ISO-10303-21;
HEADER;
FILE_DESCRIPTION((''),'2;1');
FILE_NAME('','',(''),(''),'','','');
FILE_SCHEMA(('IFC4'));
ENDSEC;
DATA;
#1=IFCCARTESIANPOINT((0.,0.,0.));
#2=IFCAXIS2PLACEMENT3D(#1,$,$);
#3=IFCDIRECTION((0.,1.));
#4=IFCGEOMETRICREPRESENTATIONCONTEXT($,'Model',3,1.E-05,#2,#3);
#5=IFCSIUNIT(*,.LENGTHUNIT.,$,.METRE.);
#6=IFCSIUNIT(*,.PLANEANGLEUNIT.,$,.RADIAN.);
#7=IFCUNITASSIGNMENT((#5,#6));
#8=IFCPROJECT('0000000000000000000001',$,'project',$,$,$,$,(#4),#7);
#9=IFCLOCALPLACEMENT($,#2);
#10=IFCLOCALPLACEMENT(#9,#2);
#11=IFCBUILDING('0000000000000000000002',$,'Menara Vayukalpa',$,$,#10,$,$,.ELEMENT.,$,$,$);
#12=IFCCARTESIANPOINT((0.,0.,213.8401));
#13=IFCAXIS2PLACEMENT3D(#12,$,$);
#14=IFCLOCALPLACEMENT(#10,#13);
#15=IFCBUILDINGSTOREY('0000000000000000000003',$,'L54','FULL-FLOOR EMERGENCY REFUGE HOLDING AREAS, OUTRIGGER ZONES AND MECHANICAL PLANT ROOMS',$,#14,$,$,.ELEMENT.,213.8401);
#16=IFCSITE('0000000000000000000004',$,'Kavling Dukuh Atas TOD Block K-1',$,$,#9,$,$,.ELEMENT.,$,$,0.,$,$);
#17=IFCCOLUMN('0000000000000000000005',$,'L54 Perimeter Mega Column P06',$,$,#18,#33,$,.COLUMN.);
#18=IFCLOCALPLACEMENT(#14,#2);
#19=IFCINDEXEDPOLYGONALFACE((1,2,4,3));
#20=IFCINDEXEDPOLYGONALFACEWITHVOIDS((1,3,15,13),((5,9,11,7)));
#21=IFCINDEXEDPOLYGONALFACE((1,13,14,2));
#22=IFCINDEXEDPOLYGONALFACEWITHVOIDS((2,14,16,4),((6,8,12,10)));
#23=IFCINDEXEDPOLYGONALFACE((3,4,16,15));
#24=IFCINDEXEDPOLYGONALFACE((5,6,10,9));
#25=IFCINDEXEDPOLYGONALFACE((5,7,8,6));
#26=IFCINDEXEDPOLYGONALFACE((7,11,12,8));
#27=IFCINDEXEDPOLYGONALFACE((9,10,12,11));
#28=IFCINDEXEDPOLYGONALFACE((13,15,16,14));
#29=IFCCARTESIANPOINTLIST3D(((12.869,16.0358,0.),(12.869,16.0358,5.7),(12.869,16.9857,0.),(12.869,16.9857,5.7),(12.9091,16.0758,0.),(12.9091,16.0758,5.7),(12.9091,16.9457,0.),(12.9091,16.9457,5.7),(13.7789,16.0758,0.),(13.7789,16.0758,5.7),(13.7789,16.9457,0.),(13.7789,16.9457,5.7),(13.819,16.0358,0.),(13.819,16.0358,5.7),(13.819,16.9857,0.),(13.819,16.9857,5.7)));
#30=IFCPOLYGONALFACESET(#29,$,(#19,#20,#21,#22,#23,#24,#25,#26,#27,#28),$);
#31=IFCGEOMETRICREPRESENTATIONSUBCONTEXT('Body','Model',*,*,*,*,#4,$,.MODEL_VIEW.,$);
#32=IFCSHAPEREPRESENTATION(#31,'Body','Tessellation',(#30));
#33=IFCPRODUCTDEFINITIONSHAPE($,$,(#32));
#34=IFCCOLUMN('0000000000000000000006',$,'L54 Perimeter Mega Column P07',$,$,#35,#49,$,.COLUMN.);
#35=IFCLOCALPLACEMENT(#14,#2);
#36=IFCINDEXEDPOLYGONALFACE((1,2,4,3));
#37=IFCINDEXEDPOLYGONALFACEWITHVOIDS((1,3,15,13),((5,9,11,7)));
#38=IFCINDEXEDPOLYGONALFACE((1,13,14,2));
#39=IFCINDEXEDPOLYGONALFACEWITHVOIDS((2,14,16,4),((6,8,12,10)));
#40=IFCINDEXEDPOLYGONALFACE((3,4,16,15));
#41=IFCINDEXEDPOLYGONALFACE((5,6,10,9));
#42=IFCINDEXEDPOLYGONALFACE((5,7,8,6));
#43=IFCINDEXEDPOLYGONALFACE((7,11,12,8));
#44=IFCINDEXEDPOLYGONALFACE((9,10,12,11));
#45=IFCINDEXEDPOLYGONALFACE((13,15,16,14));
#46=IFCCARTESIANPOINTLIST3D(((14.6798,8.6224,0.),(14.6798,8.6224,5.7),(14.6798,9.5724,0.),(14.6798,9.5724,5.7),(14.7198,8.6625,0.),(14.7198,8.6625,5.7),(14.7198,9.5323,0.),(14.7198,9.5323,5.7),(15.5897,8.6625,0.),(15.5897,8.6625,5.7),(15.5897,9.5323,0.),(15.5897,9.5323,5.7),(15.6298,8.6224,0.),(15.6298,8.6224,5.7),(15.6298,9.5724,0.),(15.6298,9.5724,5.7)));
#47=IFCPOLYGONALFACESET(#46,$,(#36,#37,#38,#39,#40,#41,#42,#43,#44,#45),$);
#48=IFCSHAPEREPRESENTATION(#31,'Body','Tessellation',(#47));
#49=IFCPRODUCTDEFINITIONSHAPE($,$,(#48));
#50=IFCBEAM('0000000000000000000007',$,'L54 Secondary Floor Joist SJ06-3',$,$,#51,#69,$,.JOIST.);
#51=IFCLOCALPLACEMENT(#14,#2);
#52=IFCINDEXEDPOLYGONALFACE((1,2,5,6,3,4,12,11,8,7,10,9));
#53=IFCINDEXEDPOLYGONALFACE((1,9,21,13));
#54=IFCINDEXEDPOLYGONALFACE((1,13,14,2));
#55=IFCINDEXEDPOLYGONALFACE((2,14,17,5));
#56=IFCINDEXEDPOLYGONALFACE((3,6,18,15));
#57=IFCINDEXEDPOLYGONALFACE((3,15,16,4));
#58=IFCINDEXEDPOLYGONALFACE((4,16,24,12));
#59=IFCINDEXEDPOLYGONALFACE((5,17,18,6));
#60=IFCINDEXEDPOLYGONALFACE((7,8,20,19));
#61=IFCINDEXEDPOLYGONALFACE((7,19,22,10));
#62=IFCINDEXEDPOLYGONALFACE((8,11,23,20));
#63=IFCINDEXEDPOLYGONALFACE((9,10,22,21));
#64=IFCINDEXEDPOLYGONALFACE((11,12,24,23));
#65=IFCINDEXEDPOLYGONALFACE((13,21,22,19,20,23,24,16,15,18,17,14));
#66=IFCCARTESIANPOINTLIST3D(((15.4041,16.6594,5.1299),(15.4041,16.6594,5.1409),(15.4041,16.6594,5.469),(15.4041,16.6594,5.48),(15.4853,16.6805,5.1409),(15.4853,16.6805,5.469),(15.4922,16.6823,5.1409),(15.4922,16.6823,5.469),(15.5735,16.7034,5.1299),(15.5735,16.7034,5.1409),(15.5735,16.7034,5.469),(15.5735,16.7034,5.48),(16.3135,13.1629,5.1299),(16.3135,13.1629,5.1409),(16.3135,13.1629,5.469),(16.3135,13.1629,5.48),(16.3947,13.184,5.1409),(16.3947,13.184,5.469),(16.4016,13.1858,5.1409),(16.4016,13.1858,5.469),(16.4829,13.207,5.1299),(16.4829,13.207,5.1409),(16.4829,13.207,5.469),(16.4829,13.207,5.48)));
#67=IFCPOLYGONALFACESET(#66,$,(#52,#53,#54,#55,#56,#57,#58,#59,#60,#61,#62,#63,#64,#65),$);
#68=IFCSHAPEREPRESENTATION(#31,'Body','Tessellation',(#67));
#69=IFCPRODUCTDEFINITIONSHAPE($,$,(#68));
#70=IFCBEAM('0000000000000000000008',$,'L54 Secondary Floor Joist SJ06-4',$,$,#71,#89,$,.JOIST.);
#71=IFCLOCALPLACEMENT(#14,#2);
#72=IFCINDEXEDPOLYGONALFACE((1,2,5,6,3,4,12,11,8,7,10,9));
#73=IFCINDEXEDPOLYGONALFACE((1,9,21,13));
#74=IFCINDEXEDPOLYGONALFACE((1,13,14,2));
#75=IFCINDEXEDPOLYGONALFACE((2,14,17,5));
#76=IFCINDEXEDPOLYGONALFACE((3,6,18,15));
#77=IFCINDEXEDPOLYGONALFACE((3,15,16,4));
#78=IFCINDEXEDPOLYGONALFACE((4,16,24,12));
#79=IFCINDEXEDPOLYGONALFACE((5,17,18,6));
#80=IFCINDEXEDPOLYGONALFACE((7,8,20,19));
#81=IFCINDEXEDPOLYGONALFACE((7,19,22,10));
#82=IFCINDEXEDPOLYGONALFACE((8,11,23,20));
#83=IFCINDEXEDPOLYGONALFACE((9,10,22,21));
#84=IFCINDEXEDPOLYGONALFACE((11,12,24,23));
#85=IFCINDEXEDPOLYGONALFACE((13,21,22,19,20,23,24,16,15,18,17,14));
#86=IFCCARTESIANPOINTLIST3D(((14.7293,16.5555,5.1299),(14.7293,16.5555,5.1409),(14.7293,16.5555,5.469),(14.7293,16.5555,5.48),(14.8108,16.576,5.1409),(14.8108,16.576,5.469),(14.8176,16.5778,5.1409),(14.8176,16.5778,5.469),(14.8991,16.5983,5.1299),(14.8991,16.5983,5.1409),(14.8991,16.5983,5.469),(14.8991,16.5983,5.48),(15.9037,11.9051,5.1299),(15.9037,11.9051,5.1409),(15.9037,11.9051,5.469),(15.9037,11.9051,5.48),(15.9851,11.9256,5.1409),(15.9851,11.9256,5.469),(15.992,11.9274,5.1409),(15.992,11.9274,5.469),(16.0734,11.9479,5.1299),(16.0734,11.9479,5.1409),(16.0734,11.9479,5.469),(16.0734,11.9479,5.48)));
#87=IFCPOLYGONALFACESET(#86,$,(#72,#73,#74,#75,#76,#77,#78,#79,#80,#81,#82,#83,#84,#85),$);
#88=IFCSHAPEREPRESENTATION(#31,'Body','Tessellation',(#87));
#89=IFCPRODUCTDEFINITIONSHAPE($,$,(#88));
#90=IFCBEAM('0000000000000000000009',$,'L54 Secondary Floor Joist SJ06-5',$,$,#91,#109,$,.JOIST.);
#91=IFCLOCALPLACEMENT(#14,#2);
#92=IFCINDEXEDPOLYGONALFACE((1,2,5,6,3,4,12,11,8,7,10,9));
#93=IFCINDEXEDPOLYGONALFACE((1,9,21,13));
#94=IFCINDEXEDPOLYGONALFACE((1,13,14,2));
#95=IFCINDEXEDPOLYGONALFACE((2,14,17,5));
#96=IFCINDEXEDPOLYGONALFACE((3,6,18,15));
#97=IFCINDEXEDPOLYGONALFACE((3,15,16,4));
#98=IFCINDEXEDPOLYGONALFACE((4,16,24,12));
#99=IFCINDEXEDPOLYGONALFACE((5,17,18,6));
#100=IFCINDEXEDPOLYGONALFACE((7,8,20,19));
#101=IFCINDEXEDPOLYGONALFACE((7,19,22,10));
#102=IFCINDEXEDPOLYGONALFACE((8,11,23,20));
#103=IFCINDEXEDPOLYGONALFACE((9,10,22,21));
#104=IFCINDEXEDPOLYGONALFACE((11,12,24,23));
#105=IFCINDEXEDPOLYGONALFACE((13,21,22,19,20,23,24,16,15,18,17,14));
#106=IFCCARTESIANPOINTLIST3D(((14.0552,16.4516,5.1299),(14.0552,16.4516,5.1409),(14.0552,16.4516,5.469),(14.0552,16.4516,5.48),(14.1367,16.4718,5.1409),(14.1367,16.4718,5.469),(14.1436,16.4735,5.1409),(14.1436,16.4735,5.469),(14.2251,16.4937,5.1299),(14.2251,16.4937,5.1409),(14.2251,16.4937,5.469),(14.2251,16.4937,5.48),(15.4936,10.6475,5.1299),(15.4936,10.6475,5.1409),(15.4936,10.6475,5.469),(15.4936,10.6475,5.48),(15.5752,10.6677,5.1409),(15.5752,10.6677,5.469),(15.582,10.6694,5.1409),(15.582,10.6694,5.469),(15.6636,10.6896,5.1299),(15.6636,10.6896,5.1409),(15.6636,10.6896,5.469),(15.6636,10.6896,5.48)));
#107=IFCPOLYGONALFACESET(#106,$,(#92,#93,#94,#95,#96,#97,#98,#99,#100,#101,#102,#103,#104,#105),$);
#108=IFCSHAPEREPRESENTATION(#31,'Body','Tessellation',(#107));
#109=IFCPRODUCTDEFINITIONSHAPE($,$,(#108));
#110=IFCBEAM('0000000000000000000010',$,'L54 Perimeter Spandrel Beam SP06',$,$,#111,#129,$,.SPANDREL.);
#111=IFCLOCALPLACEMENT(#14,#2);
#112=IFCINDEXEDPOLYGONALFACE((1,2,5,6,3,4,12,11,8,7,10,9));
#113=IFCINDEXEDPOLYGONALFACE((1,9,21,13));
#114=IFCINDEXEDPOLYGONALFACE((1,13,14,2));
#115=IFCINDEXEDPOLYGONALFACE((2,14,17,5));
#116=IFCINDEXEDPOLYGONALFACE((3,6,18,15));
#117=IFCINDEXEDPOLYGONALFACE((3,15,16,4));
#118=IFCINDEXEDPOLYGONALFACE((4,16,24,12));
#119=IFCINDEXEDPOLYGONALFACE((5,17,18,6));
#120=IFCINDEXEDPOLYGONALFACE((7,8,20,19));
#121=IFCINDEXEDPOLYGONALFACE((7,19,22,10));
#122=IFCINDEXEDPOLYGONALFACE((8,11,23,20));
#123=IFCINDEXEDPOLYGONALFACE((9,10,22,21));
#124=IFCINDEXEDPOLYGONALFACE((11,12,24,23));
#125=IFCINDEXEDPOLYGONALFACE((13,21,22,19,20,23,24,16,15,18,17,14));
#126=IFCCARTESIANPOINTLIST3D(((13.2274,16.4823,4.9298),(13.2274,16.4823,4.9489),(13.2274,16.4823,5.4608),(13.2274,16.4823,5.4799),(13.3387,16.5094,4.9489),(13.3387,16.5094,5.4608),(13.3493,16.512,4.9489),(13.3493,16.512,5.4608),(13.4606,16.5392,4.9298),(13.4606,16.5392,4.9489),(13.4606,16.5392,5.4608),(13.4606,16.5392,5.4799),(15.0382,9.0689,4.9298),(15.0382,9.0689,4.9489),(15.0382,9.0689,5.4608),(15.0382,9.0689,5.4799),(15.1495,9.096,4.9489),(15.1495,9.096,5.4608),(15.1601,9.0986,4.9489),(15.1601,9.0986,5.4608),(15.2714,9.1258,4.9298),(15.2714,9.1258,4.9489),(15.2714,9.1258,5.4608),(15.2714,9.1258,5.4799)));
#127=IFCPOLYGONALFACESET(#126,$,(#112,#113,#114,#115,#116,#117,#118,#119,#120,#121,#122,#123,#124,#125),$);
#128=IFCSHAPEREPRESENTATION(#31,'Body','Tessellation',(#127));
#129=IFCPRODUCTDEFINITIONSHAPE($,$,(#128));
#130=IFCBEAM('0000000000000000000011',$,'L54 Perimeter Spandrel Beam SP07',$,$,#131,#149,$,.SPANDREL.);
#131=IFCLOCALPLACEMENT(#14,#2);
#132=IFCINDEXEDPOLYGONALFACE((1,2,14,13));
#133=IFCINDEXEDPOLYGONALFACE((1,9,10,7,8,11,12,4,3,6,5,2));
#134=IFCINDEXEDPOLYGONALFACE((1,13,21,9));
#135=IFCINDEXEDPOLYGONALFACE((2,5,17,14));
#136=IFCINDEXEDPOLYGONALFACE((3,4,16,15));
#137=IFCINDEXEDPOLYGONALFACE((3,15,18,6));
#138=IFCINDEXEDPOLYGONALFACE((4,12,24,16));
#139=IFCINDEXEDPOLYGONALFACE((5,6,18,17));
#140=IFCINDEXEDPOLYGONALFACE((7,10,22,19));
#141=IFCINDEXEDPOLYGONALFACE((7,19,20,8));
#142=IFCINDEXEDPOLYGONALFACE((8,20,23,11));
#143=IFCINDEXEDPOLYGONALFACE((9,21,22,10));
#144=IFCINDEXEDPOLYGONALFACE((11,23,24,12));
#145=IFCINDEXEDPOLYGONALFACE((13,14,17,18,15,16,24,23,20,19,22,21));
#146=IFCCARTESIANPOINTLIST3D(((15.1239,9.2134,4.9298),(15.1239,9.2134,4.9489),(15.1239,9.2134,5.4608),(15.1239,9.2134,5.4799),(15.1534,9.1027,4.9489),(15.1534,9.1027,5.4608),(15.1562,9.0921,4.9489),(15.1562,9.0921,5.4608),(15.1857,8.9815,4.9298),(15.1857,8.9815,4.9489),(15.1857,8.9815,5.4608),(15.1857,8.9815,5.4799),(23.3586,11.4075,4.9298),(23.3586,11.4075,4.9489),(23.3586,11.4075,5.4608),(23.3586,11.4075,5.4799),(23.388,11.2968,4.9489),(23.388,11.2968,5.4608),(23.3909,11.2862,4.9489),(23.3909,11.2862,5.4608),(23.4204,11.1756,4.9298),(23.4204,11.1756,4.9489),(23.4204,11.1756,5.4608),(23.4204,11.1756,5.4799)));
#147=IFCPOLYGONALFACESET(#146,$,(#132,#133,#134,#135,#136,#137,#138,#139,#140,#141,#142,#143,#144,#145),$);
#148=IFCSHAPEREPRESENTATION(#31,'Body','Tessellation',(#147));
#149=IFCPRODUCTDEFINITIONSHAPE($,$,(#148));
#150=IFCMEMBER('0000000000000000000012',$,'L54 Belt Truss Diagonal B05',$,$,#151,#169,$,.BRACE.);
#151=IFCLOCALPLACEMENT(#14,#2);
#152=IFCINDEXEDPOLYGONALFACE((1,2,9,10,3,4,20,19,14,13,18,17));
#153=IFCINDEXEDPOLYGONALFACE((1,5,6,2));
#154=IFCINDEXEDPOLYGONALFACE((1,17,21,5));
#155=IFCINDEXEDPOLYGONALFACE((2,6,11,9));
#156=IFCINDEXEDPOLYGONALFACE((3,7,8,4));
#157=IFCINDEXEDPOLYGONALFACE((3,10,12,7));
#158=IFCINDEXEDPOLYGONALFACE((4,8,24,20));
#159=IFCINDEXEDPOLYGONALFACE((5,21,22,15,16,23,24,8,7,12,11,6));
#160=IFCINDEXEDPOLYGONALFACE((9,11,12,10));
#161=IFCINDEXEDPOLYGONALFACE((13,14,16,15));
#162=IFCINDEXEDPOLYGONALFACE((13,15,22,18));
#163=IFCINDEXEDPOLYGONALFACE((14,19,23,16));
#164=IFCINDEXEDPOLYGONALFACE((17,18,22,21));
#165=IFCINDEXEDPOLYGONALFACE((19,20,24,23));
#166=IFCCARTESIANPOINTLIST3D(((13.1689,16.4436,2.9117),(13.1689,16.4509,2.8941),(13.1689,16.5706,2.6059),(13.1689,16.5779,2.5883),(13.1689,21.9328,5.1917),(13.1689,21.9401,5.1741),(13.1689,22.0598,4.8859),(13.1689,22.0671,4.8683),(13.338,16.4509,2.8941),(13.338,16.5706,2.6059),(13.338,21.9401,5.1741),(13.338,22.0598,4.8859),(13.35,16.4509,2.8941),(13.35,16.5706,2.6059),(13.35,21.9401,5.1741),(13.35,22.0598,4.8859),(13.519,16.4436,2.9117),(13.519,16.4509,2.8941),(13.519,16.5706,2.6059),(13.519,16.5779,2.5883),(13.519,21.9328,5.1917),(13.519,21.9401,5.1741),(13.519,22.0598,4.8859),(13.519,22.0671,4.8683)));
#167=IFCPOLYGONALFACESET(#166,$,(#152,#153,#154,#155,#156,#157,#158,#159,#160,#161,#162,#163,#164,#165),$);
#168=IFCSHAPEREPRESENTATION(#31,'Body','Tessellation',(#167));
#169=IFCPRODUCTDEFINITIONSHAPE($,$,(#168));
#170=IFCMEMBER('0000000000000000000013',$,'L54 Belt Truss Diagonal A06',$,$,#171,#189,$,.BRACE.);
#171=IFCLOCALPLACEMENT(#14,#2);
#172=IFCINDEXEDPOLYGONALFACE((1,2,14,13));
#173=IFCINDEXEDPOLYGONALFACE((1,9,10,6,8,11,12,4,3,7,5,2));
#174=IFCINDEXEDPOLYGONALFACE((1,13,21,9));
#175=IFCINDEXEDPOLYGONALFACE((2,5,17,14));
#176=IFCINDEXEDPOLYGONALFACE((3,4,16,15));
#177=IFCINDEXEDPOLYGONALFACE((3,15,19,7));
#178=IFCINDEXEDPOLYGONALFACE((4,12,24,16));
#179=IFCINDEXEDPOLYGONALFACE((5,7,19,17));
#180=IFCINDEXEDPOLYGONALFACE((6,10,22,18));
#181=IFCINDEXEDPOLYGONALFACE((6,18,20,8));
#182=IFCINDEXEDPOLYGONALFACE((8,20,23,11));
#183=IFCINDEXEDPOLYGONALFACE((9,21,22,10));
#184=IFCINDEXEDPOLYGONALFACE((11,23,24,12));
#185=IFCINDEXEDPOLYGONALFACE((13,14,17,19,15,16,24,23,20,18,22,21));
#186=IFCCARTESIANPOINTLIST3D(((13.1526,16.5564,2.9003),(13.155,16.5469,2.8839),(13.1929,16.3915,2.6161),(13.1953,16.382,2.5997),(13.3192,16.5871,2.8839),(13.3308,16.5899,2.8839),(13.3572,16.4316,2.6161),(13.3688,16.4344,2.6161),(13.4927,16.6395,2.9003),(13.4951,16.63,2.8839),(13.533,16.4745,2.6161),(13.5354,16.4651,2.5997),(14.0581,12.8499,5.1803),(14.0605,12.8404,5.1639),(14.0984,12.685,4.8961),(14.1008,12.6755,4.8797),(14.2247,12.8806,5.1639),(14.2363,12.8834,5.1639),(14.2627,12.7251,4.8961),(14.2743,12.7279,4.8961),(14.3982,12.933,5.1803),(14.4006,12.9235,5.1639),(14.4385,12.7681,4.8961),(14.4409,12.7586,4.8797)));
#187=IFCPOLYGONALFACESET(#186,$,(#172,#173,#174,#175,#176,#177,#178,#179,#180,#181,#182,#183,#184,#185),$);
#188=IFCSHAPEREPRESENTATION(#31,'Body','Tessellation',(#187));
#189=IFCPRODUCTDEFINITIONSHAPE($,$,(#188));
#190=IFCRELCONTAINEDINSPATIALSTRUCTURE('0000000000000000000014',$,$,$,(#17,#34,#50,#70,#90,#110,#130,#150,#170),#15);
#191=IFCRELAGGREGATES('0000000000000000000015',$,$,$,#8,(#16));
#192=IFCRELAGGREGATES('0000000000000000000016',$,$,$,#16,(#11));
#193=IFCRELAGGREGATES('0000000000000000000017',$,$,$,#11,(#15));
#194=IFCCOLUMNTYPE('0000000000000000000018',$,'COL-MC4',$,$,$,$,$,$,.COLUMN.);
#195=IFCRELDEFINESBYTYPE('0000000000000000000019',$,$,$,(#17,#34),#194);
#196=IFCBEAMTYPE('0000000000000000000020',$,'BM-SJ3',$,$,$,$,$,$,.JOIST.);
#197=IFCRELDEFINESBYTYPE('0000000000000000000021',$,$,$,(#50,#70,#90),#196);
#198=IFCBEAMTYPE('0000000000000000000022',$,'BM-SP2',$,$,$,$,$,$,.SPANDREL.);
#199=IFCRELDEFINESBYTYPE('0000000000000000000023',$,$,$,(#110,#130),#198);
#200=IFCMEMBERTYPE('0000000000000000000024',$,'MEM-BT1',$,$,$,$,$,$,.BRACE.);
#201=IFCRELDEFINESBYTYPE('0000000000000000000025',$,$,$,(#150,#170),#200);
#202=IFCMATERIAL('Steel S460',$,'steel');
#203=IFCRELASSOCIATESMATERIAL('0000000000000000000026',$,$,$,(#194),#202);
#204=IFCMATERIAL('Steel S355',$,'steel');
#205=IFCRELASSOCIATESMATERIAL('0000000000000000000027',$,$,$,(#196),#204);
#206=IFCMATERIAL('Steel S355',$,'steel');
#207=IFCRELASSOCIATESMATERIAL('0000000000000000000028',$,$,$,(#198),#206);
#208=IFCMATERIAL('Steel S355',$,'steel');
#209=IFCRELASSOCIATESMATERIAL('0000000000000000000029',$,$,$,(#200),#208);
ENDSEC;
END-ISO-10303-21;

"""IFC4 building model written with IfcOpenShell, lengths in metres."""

from ifc_helpers import new_model, si_unit, direction, frame, origin, origin_2d, place, context, subcontext, project, spatial, hollow_rectangle, i_section, extrude, material, material_profile, profile_set, type_object, element, save


model = new_model("IFC4")

# Units and contexts
model_context = context("Model", 3, precision=1e-05, world=origin(), true_north=direction((0.0, 1.0)))
body_context = subcontext(model_context, "Body", "Model", "MODEL_VIEW")
ifc_project = project(units=[si_unit("LENGTHUNIT", "METRE"), si_unit("PLANEANGLEUNIT", "RADIAN")], contexts=[model_context])

# Site, building, storey
site_placement = place(None, origin())
site = spatial("IfcSite", under=ifc_project, at=site_placement, Name="Kavling Dukuh Atas TOD Block K-1", CompositionType="ELEMENT", RefElevation=0.0)
building_placement = place(site_placement, origin())
building = spatial("IfcBuilding", under=site, at=building_placement, Name="Menara Vayukalpa", CompositionType="ELEMENT")
storey_placement = place(building_placement, frame((0.0, 0.0, 213.8401)))
storey = spatial("IfcBuildingStorey", under=building, at=storey_placement, Name="L54", Description="FULL-FLOOR EMERGENCY REFUGE HOLDING AREAS, OUTRIGGER ZONES AND MECHANICAL PLANT ROOMS", CompositionType="ELEMENT", Elevation=213.8401)

# Columns
ifc_material_1 = material(Name="Steel S460", Category="steel")
ifc_material_profile_1 = material_profile(ifc_material_1, hollow_rectangle(XDim=0.95, YDim=0.95, WallThickness=0.04, at=origin_2d()), Name="BOX 950x950x40")
ifc_profile_set_1 = profile_set([ifc_material_profile_1], Name="Steel S460")
column_type = type_object("IfcColumnType", Name="COL-MC4", PredefinedType="COLUMN", material=ifc_profile_set_1)
for number, where, z_axis, x_axis, name in (
    (1, (13.344, 16.5107, 0.0), (0.0, 0.0, 1.0), (1.0, 0.0, 0.0), "L54 Perimeter Mega Column P06"),
    (2, (15.1548, 9.0974, 0.0), (0.0, 0.0, 1.0), (1.0, 0.0, 0.0), "L54 Perimeter Mega Column P07"),
):
    element("IfcColumn", number, at=place(storey_placement, frame(where, z_axis=z_axis, x_axis=x_axis)), inside=storey, type_object=column_type, Name=name, PredefinedType="COLUMN", context=body_context, shape_type="SweptSolid", body=[
        extrude(hollow_rectangle(XDim=0.95, YDim=0.95, WallThickness=0.04, at=origin_2d()), origin(), (0.0, 0.0, 1.0), 5.7),
    ])

# Beams
ifc_material_2 = material(Name="Steel S355", Category="steel")
ifc_material_profile_2 = material_profile(ifc_material_2, i_section(OverallWidth=0.175, OverallDepth=0.3501, WebThickness=0.0071, FlangeThickness=0.011, at=origin_2d()), Name="WF 350x175x7x11")
ifc_profile_set_2 = profile_set([ifc_material_profile_2], Name="Steel S355")
beam_type_1 = type_object("IfcBeamType", Name="BM-SJ3", PredefinedType="JOIST", material=ifc_profile_set_2)
beam_1_placement = place(storey_placement, frame((15.4888, 16.6814, 5.3049), z_axis=(0.251715, -0.967801, 0.0), x_axis=(0.967801, 0.251715, 0.0)))
element("IfcBeam", 3, at=beam_1_placement, inside=storey, type_object=beam_type_1, Name="L54 Secondary Floor Joist SJ06-3", PredefinedType="JOIST", context=body_context, shape_type="SweptSolid", body=[
    extrude(i_section(OverallWidth=0.175, OverallDepth=0.3501, WebThickness=0.0071, FlangeThickness=0.011, at=origin_2d()), origin(), (0.0, 0.0, 1.0), 3.6128),
])
beam_2_placement = place(storey_placement, frame((14.8142, 16.5769, 5.3049), z_axis=(0.244834, -0.969565, 0.0), x_axis=(0.969565, 0.244834, 0.0)))
element("IfcBeam", 4, at=beam_2_placement, inside=storey, type_object=beam_type_1, Name="L54 Secondary Floor Joist SJ06-4", PredefinedType="JOIST", context=body_context, shape_type="SweptSolid", body=[
    extrude(i_section(OverallWidth=0.175, OverallDepth=0.3501, WebThickness=0.0071, FlangeThickness=0.011, at=origin_2d()), origin(), (0.0, 0.0, 1.0), 4.7964),
])
beam_3_placement = place(storey_placement, frame((14.1401, 16.4727, 5.3049), z_axis=(0.240556, -0.970635, 0.0), x_axis=(0.970635, 0.240556, 0.0)))
element("IfcBeam", 5, at=beam_3_placement, inside=storey, type_object=beam_type_1, Name="L54 Secondary Floor Joist SJ06-5", PredefinedType="JOIST", context=body_context, shape_type="SweptSolid", body=[
    extrude(i_section(OverallWidth=0.175, OverallDepth=0.3501, WebThickness=0.0071, FlangeThickness=0.011, at=origin_2d()), origin(), (0.0, 0.0, 1.0), 5.9797),
])
ifc_material_3 = material(Name="Steel S355", Category="steel")
ifc_material_profile_3 = material_profile(ifc_material_3, i_section(OverallWidth=0.24, OverallDepth=0.55, WebThickness=0.011, FlangeThickness=0.019, at=origin_2d()), Name="WF 550x240x11x19")
ifc_profile_set_3 = profile_set([ifc_material_profile_3], Name="Steel S355")
beam_type_2 = type_object("IfcBeamType", Name="BM-SP2", PredefinedType="SPANDREL", material=ifc_profile_set_3)
beam_4_placement = place(storey_placement, frame((13.344, 16.5107, 5.2048), z_axis=(0.237285, -0.97144, 0.0), x_axis=(0.97144, 0.237285, 0.0)))
element("IfcBeam", 6, at=beam_4_placement, inside=storey, type_object=beam_type_2, Name="L54 Perimeter Spandrel Beam SP06", PredefinedType="SPANDREL", context=body_context, shape_type="SweptSolid", body=[
    extrude(i_section(OverallWidth=0.24, OverallDepth=0.55, WebThickness=0.011, FlangeThickness=0.019, at=origin_2d()), origin(), (0.0, 0.0, 1.0), 7.6313),
])
beam_5_placement = place(storey_placement, frame((15.1548, 9.0974, 5.2048), z_axis=(0.966288, 0.257465, 0.0), x_axis=(-0.257465, 0.966288, 0.0)))
element("IfcBeam", 7, at=beam_5_placement, inside=storey, type_object=beam_type_2, Name="L54 Perimeter Spandrel Beam SP07", PredefinedType="SPANDREL", context=body_context, shape_type="SweptSolid", body=[
    extrude(i_section(OverallWidth=0.24, OverallDepth=0.55, WebThickness=0.011, FlangeThickness=0.019, at=origin_2d()), origin(), (0.0, 0.0, 1.0), 8.522),
])

# Members
ifc_material_4 = material(Name="Steel S355", Category="steel")
ifc_material_profile_4 = material_profile(ifc_material_4, i_section(OverallWidth=0.3501, OverallDepth=0.3501, WebThickness=0.012, FlangeThickness=0.019, at=origin_2d()), Name="H 350x350x12x19")
ifc_profile_set_4 = profile_set([ifc_material_profile_4], Name="Steel S355")
member_type_1 = type_object("IfcMemberType", Name="MEM-BT1", PredefinedType="BRACE", material=ifc_profile_set_4)
member_1_placement = place(storey_placement, frame((13.344, 16.5107, 2.75), z_axis=(0.0, 0.923504, 0.383589), x_axis=(-1.0, 0.0, 0.0)))
element("IfcMember", 8, at=member_1_placement, inside=storey, type_object=member_type_1, Name="L54 Belt Truss Diagonal B05", PredefinedType="BRACE", context=body_context, shape_type="SweptSolid", body=[
    extrude(i_section(OverallWidth=0.3501, OverallDepth=0.3501, WebThickness=0.012, FlangeThickness=0.019, at=origin_2d()), origin(), (0.0, 0.0, 1.0), 5.9438),
])
member_2_placement = place(storey_placement, frame((13.344, 16.5107, 2.75), z_axis=(0.203721, -0.83389, 0.512956), x_axis=(0.971431, 0.237323, 0.0)))
element("IfcMember", 9, at=member_2_placement, inside=storey, type_object=member_type_1, Name="L54 Belt Truss Diagonal A06", PredefinedType="BRACE", context=body_context, shape_type="SweptSolid", body=[
    extrude(i_section(OverallWidth=0.3501, OverallDepth=0.3501, WebThickness=0.012, FlangeThickness=0.019, at=origin_2d()), origin(), (0.0, 0.0, 1.0), 4.4448),
])

save(model, "model.ifc")
